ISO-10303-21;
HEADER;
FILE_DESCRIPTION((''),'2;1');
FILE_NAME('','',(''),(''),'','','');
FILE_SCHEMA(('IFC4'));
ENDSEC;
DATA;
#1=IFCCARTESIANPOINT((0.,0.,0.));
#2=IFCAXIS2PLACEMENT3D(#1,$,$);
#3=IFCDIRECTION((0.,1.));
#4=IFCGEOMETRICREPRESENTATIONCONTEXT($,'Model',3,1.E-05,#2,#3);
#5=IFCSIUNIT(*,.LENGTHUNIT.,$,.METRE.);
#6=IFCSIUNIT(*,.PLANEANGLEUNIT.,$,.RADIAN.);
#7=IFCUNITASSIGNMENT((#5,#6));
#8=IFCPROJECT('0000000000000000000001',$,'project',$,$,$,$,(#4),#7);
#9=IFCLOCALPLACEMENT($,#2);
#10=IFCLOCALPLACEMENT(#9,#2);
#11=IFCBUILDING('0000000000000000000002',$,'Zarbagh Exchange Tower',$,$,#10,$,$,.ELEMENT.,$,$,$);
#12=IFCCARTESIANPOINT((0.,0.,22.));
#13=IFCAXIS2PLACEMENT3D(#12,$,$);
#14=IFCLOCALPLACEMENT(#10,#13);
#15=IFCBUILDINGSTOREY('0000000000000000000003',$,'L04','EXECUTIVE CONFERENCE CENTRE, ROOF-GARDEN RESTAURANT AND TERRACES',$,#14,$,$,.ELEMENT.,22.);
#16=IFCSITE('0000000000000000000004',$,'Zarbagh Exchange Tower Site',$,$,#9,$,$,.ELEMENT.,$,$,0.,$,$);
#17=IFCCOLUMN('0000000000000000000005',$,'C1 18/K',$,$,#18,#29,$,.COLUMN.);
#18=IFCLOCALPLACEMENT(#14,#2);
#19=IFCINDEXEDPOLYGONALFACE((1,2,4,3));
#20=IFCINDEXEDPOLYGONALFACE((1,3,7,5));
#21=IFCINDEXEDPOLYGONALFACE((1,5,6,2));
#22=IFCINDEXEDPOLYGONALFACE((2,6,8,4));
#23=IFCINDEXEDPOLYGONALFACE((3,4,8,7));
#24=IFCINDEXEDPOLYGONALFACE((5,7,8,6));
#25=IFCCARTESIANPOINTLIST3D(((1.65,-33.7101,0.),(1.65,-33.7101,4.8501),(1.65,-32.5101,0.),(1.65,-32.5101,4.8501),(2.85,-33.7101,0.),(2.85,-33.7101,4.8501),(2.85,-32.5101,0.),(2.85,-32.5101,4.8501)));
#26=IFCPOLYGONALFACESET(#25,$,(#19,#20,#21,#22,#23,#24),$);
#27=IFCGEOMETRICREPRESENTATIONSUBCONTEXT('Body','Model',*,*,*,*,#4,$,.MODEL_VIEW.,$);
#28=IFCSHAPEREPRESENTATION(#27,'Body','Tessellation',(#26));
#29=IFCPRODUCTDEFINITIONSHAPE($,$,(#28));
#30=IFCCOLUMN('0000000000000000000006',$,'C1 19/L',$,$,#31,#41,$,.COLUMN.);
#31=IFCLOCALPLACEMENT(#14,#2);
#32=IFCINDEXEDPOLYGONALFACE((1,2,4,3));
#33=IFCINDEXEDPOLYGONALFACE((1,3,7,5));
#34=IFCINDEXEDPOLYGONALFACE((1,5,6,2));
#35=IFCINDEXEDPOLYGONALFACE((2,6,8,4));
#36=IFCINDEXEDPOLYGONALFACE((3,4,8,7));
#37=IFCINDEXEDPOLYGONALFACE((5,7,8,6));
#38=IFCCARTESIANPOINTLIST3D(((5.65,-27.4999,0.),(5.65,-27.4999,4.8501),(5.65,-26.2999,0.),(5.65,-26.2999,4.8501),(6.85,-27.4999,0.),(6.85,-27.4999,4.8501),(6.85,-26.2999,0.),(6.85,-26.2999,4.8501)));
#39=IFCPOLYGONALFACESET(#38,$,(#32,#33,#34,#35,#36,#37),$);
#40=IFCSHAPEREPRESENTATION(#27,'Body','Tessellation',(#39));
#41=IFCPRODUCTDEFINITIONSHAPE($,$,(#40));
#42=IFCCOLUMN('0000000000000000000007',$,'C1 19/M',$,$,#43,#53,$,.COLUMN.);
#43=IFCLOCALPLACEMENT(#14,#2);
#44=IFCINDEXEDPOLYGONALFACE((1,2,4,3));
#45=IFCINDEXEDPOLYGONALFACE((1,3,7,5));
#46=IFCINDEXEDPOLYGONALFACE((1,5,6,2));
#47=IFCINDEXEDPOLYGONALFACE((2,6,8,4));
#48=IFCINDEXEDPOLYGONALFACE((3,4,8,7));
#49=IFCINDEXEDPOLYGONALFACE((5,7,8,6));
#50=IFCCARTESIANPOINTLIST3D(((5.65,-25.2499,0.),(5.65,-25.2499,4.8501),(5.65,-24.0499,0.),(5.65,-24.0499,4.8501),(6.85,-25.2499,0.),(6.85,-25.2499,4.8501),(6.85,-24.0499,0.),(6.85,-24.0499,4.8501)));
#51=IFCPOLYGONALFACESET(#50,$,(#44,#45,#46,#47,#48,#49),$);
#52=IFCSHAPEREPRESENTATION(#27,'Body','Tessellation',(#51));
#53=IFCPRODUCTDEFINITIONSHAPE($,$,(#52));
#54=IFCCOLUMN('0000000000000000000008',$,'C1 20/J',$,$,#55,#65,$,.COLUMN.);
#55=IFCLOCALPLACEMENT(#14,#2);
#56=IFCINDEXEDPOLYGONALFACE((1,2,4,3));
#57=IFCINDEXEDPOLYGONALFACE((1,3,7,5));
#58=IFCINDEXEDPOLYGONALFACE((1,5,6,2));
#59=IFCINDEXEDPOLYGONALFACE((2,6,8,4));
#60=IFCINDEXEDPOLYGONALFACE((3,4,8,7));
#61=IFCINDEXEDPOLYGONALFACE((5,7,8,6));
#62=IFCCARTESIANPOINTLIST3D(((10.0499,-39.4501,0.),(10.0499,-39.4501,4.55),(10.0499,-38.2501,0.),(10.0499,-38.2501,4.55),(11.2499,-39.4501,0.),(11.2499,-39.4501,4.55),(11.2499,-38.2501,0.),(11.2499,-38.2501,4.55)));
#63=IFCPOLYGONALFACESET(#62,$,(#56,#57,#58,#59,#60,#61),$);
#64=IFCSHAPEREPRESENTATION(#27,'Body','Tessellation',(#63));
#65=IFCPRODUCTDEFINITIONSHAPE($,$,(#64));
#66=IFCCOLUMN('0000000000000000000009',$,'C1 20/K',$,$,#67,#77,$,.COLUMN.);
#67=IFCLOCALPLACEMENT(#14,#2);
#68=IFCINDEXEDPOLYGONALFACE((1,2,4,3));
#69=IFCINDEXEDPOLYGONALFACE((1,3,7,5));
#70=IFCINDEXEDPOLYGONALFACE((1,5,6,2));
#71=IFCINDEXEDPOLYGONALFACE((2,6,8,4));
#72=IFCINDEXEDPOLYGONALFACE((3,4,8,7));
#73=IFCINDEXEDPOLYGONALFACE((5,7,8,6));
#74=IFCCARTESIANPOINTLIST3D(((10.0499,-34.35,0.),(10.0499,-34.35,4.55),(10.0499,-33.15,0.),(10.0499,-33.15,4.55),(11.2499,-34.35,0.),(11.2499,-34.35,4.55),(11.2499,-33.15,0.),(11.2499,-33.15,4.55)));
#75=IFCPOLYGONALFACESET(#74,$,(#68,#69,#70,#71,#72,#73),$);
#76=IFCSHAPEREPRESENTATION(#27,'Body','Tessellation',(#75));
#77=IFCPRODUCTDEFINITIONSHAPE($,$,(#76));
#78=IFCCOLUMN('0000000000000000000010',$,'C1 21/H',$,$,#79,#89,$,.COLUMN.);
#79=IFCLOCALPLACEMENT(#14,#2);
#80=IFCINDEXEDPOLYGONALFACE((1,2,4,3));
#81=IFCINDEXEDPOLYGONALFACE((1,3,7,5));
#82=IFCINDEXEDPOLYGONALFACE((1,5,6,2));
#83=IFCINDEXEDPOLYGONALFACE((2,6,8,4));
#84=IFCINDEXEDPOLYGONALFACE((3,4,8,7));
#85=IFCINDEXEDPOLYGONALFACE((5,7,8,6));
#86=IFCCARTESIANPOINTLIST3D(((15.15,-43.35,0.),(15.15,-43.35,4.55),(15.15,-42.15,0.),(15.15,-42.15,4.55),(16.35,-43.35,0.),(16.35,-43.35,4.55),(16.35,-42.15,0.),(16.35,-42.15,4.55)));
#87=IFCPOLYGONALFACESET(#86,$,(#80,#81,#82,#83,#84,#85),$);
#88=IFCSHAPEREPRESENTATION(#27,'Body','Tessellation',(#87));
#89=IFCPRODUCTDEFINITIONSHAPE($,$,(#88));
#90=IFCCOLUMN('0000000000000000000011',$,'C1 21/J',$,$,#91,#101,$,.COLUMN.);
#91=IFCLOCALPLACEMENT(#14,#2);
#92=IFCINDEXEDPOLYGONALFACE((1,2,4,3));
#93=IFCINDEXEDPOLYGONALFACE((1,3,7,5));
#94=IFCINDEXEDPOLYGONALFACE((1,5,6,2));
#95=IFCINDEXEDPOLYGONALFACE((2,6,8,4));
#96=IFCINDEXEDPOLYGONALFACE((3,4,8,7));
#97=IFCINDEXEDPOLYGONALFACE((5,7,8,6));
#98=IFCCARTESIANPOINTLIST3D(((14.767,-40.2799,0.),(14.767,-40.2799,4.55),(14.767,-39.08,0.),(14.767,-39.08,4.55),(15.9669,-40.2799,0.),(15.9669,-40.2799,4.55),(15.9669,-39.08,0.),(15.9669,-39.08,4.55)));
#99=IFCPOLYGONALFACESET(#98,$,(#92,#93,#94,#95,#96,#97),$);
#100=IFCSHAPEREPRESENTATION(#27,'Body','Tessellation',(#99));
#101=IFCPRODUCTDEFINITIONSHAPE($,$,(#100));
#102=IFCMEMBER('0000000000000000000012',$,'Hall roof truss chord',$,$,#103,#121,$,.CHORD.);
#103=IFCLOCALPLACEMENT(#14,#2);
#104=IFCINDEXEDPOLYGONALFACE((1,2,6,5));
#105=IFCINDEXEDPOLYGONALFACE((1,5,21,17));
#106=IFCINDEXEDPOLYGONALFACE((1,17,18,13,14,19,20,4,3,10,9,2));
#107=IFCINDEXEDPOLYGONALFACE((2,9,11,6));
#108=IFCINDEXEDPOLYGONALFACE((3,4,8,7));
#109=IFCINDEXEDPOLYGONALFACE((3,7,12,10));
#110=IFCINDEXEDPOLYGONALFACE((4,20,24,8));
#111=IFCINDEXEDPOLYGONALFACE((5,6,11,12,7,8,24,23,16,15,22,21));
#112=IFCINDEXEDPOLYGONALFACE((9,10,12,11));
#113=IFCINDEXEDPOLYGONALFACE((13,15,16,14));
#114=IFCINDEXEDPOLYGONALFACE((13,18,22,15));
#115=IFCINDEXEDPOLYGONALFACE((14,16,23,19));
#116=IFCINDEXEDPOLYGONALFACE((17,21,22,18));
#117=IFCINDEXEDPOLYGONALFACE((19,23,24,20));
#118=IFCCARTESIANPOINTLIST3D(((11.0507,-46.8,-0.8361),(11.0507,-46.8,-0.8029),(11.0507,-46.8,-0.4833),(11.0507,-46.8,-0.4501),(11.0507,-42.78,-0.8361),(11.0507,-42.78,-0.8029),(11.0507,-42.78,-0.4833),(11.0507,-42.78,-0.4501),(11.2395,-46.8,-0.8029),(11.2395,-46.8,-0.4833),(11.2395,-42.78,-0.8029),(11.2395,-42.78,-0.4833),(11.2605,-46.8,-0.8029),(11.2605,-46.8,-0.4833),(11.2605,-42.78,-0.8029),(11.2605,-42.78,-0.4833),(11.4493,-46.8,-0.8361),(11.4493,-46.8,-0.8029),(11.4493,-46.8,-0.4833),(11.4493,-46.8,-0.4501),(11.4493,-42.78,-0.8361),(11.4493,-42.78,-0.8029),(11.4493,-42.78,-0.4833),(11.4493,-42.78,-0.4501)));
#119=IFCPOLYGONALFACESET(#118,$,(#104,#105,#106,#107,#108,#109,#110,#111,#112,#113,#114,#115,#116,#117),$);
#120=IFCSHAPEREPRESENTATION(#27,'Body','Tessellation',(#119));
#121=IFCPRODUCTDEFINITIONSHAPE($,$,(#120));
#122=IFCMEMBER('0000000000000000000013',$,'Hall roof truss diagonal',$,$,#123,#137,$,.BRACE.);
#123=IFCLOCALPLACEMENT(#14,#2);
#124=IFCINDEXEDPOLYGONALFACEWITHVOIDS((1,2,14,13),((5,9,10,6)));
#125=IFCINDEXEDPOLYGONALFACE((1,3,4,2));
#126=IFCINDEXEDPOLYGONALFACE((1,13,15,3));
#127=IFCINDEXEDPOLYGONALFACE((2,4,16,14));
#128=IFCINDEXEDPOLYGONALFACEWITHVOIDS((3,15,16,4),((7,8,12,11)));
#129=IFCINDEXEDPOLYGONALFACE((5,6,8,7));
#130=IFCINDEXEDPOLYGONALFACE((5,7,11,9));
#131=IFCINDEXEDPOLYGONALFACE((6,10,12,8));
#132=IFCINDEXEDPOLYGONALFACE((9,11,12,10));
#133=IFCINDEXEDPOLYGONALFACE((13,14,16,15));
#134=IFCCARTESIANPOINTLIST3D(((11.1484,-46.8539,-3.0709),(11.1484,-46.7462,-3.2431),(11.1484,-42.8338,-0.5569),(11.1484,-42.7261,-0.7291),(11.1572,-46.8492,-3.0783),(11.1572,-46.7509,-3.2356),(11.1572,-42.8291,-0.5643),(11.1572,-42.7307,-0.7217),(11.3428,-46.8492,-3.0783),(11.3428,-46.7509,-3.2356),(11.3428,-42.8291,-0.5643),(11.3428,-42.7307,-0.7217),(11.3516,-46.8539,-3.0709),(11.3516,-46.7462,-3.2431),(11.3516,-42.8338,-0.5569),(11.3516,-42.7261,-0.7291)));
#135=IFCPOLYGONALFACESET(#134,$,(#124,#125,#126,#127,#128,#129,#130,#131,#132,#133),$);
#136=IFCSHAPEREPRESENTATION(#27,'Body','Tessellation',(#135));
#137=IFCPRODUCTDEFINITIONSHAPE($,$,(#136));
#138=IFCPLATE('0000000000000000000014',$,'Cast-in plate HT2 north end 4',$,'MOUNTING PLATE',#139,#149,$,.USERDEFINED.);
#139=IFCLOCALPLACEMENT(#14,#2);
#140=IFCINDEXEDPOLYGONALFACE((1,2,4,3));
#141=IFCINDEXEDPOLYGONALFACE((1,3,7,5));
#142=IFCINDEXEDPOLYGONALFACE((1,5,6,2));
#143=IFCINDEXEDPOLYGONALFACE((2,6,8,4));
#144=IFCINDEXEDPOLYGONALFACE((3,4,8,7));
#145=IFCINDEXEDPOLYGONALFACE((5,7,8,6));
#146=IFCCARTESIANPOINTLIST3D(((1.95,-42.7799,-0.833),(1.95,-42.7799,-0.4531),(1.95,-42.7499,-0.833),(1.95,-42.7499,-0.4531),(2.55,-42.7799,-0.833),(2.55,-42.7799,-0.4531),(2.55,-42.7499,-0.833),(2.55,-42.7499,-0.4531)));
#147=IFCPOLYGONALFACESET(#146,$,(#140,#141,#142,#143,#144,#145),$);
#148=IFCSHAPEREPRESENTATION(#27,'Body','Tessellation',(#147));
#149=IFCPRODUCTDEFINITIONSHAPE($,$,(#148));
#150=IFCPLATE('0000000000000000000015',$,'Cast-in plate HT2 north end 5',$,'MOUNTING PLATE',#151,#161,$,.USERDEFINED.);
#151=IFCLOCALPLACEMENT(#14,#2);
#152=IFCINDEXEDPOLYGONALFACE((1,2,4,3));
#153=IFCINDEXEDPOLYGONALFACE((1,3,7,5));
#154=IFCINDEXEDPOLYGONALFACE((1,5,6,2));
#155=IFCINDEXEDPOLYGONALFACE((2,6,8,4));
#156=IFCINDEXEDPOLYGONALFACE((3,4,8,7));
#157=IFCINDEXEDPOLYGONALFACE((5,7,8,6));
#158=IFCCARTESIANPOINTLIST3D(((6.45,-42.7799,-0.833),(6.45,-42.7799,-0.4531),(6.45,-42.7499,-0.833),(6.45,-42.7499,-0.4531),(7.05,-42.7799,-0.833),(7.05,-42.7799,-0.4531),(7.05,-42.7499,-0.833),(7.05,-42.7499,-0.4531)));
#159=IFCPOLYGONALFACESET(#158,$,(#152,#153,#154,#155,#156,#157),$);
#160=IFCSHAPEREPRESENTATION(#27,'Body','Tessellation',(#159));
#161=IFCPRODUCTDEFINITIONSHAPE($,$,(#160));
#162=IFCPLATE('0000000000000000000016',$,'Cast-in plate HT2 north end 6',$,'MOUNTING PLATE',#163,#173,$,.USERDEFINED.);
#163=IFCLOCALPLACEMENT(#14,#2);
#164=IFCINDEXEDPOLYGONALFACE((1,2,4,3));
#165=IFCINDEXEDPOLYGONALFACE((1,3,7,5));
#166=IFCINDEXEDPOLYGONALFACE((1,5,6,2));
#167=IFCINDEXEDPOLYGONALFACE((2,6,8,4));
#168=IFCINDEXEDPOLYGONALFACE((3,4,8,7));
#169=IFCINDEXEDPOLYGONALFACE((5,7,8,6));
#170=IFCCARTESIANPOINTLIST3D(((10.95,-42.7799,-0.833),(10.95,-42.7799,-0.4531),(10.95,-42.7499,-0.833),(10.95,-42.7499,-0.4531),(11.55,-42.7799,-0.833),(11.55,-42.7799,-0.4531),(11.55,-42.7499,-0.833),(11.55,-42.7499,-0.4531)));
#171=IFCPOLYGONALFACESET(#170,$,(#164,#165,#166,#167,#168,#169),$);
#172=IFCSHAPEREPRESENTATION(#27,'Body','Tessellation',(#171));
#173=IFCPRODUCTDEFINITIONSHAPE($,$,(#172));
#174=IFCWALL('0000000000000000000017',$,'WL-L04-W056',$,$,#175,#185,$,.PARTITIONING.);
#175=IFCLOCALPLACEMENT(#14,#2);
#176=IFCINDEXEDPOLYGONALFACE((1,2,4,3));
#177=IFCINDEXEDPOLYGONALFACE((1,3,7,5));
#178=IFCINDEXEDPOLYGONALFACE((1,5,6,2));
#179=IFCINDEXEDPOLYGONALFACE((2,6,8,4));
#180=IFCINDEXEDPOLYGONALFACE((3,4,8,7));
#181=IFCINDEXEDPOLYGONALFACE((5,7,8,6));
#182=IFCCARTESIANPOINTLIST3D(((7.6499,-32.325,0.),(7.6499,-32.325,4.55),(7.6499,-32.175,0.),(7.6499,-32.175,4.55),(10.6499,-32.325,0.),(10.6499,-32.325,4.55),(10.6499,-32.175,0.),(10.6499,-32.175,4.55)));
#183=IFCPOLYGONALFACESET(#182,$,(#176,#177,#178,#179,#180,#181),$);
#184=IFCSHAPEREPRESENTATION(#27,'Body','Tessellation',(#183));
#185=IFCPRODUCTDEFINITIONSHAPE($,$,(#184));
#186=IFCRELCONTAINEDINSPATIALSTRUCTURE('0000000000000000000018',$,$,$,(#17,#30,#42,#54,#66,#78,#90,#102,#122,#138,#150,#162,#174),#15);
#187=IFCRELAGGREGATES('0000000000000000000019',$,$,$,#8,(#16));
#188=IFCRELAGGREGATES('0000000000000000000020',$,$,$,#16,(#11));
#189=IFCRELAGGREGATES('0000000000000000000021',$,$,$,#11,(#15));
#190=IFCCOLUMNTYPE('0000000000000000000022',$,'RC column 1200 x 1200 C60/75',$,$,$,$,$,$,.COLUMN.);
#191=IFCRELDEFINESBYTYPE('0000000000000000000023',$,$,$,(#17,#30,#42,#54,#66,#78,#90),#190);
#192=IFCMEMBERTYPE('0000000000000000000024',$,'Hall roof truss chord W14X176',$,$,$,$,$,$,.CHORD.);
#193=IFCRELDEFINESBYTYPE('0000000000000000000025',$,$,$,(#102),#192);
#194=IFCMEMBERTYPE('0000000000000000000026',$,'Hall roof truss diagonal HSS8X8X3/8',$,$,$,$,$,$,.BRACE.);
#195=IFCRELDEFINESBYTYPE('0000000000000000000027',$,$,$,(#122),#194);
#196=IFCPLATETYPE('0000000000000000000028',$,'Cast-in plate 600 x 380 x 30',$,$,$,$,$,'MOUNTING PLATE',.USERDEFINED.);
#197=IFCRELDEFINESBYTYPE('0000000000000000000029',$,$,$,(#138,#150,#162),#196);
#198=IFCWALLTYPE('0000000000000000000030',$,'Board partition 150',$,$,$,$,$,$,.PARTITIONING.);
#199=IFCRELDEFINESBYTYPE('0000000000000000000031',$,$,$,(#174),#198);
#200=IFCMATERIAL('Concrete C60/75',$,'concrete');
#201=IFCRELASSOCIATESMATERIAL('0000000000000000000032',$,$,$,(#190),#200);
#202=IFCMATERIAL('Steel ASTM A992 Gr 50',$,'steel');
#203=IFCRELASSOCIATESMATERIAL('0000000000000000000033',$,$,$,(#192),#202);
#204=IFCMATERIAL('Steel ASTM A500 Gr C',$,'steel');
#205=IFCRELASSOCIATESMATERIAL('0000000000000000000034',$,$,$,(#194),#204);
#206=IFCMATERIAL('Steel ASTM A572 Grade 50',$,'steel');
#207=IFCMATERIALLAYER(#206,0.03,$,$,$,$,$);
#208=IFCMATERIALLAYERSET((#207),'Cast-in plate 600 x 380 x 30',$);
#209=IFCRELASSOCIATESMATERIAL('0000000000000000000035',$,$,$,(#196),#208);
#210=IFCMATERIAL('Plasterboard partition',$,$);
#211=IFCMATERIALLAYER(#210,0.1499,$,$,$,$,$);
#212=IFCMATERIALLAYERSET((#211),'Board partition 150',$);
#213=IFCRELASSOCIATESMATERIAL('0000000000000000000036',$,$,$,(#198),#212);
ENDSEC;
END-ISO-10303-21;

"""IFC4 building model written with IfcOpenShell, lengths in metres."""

from ifc_helpers import new_model, si_unit, direction, frame, frame_2d, origin, origin_2d, place, context, subcontext, project, spatial, rectangle, hollow_rectangle, i_section, extrude, material, layer, layer_set, material_profile, profile_set, type_object, element, save


model = new_model("IFC4")

# Units and contexts
model_context = context("Model", 3, precision=1e-05, world=origin(), true_north=direction((0.0, 1.0)))
body_context = subcontext(model_context, "Body", "Model", "MODEL_VIEW")
ifc_project = project(units=[si_unit("LENGTHUNIT", "METRE"), si_unit("PLANEANGLEUNIT", "RADIAN")], contexts=[model_context])

# Site, building, storey
site_placement = place(None, origin())
site = spatial("IfcSite", under=ifc_project, at=site_placement, Name="Zarbagh Exchange Tower Site", CompositionType="ELEMENT", RefElevation=0.0)
building_placement = place(site_placement, origin())
building = spatial("IfcBuilding", under=site, at=building_placement, Name="Zarbagh Exchange Tower", CompositionType="ELEMENT")
storey_placement = place(building_placement, frame((0.0, 0.0, 22.0)))
storey = spatial("IfcBuildingStorey", under=building, at=storey_placement, Name="L04", Description="EXECUTIVE CONFERENCE CENTRE, ROOF-GARDEN RESTAURANT AND TERRACES", CompositionType="ELEMENT", Elevation=22.0)

# Columns
ifc_material_1 = material(Name="Concrete C60/75", Category="concrete")
ifc_material_profile_1 = material_profile(ifc_material_1, rectangle(XDim=1.2, YDim=1.2, at=origin_2d()), Name="RC column 1200 x 1200 C60/75")
ifc_profile_set_1 = profile_set([ifc_material_profile_1], Name="Concrete C60/75")
column_type = type_object("IfcColumnType", Name="RC column 1200 x 1200 C60/75", PredefinedType="COLUMN", material=ifc_profile_set_1)
for number, where, z_axis, x_axis, name in (
    (1, (2.25, -33.1101, 0.0), (0.0, 0.0, 1.0), (1.0, 0.0, 0.0), "C1 18/K"),
    (2, (6.25, -26.8999, 0.0), (0.0, 0.0, 1.0), (1.0, 0.0, 0.0), "C1 19/L"),
    (3, (6.25, -24.6499, 0.0), (0.0, 0.0, 1.0), (1.0, 0.0, 0.0), "C1 19/M"),
):
    element("IfcColumn", number, at=place(storey_placement, frame(where, z_axis=z_axis, x_axis=x_axis)), inside=storey, type_object=column_type, Name=name, PredefinedType="COLUMN", context=body_context, shape_type="SweptSolid", body=[
        extrude(rectangle(XDim=1.2, YDim=1.2, at=origin_2d()), origin(), (0.0, 0.0, 1.0), 4.8501),
    ])
for number, where, z_axis, x_axis, name in (
    (4, (10.6499, -38.8501, 0.0), (0.0, 0.0, 1.0), (1.0, 0.0, 0.0), "C1 20/J"),
    (5, (10.6499, -33.75, 0.0), (0.0, 0.0, 1.0), (1.0, 0.0, 0.0), "C1 20/K"),
    (6, (15.75, -42.75, 0.0), (0.0, 0.0, 1.0), (1.0, 0.0, 0.0), "C1 21/H"),
    (7, (15.3669, -39.6799, 0.0), (0.0, 0.0, 1.0), (1.0, 0.0, 0.0), "C1 21/J"),
):
    element("IfcColumn", number, at=place(storey_placement, frame(where, z_axis=z_axis, x_axis=x_axis)), inside=storey, type_object=column_type, Name=name, PredefinedType="COLUMN", context=body_context, shape_type="SweptSolid", body=[
        extrude(rectangle(XDim=1.2, YDim=1.2, at=origin_2d()), origin(), (0.0, 0.0, 1.0), 4.55),
    ])

# Members
ifc_material_2 = material(Name="Steel ASTM A992 Gr 50", Category="steel")
ifc_material_profile_2 = material_profile(ifc_material_2, i_section(OverallWidth=0.3987, OverallDepth=0.386, WebThickness=0.021, FlangeThickness=0.0332, at=origin_2d()), Name="W14X176")
ifc_profile_set_2 = profile_set([ifc_material_profile_2], Name="Steel ASTM A992 Gr 50")
member_type_1 = type_object("IfcMemberType", Name="Hall roof truss chord W14X176", PredefinedType="CHORD", material=ifc_profile_set_2)
member_1_placement = place(storey_placement, frame((11.25, -46.8, -0.6431), z_axis=(0.0, 1.0, 0.0), x_axis=(-1.0, 0.0, 0.0)))
element("IfcMember", 8, at=member_1_placement, inside=storey, type_object=member_type_1, Name="Hall roof truss chord", PredefinedType="CHORD", context=body_context, shape_type="SweptSolid", body=[
    extrude(i_section(OverallWidth=0.3987, OverallDepth=0.386, WebThickness=0.021, FlangeThickness=0.0332, at=origin_2d()), origin(), (0.0, 0.0, 1.0), 4.02),
])
ifc_material_3 = material(Name="Steel ASTM A500 Gr C", Category="steel")
ifc_material_profile_3 = material_profile(ifc_material_3, hollow_rectangle(XDim=0.2031, YDim=0.2031, WallThickness=0.0088, at=origin_2d()), Name="HSS8X8X3/8")
ifc_profile_set_3 = profile_set([ifc_material_profile_3], Name="Steel ASTM A500 Gr C")
member_type_2 = type_object("IfcMemberType", Name="Hall roof truss diagonal HSS8X8X3/8", PredefinedType="BRACE", material=ifc_profile_set_3)
member_2_placement = place(storey_placement, frame((11.25, -46.8, -3.157), z_axis=(0.0, 0.847865, 0.530212), x_axis=(-1.0, 0.0, 0.0)))
element("IfcMember", 9, at=member_2_placement, inside=storey, type_object=member_type_2, Name="Hall roof truss diagonal", PredefinedType="BRACE", context=body_context, shape_type="SweptSolid", body=[
    extrude(hollow_rectangle(XDim=0.2031, YDim=0.2031, WallThickness=0.0088, at=origin_2d()), origin(), (0.0, 0.0, 1.0), 4.7415),
])

# Plates
ifc_material_4 = material(Name="Steel ASTM A572 Grade 50", Category="steel")
ifc_layer_1 = layer(ifc_material_4, 0.03)
ifc_layer_set_1 = layer_set([ifc_layer_1], Name="Cast-in plate 600 x 380 x 30")
plate_type = type_object("IfcPlateType", Name="Cast-in plate 600 x 380 x 30", ElementType="MOUNTING PLATE", PredefinedType="USERDEFINED", material=ifc_layer_set_1)
for number, where, z_axis, x_axis, name in (
    (10, (2.25, -42.7649, -0.833), (0.0, 0.0, 1.0), (1.0, 0.0, 0.0), "Cast-in plate HT2 north end 4"),
    (11, (6.75, -42.7649, -0.833), (0.0, 0.0, 1.0), (1.0, 0.0, 0.0), "Cast-in plate HT2 north end 5"),
    (12, (11.25, -42.7649, -0.833), (0.0, 0.0, 1.0), (1.0, 0.0, 0.0), "Cast-in plate HT2 north end 6"),
):
    element("IfcPlate", number, at=place(storey_placement, frame(where, z_axis=z_axis, x_axis=x_axis)), inside=storey, type_object=plate_type, Name=name, ObjectType="MOUNTING PLATE", PredefinedType="USERDEFINED", context=body_context, shape_type="SweptSolid", body=[
        extrude(rectangle(XDim=0.6001, YDim=0.03, at=origin_2d()), origin(), (0.0, 0.0, 1.0), 0.3799),
    ])

# Wall
ifc_material_5 = material(Name="Plasterboard partition")
ifc_layer_2 = layer(ifc_material_5, 0.1499)
ifc_layer_set_2 = layer_set([ifc_layer_2], Name="Board partition 150")
wall_type_1 = type_object("IfcWallType", Name="Board partition 150", PredefinedType="PARTITIONING", material=ifc_layer_set_2)
wall_1_placement = place(storey_placement, frame((10.6499, -32.25, 0.0), z_axis=(0.0, 0.0, 1.0), x_axis=(-1.0, 0.0, 0.0)))
element("IfcWall", 13, at=wall_1_placement, inside=storey, type_object=wall_type_1, Name="WL-L04-W056", PredefinedType="PARTITIONING", context=body_context, shape_type="SweptSolid", body=[
    extrude(rectangle(XDim=3.0, YDim=0.1499, at=frame_2d((1.5, 0.0))), origin(), (0.0, 0.0, 1.0), 4.55),
])

save(model, "model.ifc")
